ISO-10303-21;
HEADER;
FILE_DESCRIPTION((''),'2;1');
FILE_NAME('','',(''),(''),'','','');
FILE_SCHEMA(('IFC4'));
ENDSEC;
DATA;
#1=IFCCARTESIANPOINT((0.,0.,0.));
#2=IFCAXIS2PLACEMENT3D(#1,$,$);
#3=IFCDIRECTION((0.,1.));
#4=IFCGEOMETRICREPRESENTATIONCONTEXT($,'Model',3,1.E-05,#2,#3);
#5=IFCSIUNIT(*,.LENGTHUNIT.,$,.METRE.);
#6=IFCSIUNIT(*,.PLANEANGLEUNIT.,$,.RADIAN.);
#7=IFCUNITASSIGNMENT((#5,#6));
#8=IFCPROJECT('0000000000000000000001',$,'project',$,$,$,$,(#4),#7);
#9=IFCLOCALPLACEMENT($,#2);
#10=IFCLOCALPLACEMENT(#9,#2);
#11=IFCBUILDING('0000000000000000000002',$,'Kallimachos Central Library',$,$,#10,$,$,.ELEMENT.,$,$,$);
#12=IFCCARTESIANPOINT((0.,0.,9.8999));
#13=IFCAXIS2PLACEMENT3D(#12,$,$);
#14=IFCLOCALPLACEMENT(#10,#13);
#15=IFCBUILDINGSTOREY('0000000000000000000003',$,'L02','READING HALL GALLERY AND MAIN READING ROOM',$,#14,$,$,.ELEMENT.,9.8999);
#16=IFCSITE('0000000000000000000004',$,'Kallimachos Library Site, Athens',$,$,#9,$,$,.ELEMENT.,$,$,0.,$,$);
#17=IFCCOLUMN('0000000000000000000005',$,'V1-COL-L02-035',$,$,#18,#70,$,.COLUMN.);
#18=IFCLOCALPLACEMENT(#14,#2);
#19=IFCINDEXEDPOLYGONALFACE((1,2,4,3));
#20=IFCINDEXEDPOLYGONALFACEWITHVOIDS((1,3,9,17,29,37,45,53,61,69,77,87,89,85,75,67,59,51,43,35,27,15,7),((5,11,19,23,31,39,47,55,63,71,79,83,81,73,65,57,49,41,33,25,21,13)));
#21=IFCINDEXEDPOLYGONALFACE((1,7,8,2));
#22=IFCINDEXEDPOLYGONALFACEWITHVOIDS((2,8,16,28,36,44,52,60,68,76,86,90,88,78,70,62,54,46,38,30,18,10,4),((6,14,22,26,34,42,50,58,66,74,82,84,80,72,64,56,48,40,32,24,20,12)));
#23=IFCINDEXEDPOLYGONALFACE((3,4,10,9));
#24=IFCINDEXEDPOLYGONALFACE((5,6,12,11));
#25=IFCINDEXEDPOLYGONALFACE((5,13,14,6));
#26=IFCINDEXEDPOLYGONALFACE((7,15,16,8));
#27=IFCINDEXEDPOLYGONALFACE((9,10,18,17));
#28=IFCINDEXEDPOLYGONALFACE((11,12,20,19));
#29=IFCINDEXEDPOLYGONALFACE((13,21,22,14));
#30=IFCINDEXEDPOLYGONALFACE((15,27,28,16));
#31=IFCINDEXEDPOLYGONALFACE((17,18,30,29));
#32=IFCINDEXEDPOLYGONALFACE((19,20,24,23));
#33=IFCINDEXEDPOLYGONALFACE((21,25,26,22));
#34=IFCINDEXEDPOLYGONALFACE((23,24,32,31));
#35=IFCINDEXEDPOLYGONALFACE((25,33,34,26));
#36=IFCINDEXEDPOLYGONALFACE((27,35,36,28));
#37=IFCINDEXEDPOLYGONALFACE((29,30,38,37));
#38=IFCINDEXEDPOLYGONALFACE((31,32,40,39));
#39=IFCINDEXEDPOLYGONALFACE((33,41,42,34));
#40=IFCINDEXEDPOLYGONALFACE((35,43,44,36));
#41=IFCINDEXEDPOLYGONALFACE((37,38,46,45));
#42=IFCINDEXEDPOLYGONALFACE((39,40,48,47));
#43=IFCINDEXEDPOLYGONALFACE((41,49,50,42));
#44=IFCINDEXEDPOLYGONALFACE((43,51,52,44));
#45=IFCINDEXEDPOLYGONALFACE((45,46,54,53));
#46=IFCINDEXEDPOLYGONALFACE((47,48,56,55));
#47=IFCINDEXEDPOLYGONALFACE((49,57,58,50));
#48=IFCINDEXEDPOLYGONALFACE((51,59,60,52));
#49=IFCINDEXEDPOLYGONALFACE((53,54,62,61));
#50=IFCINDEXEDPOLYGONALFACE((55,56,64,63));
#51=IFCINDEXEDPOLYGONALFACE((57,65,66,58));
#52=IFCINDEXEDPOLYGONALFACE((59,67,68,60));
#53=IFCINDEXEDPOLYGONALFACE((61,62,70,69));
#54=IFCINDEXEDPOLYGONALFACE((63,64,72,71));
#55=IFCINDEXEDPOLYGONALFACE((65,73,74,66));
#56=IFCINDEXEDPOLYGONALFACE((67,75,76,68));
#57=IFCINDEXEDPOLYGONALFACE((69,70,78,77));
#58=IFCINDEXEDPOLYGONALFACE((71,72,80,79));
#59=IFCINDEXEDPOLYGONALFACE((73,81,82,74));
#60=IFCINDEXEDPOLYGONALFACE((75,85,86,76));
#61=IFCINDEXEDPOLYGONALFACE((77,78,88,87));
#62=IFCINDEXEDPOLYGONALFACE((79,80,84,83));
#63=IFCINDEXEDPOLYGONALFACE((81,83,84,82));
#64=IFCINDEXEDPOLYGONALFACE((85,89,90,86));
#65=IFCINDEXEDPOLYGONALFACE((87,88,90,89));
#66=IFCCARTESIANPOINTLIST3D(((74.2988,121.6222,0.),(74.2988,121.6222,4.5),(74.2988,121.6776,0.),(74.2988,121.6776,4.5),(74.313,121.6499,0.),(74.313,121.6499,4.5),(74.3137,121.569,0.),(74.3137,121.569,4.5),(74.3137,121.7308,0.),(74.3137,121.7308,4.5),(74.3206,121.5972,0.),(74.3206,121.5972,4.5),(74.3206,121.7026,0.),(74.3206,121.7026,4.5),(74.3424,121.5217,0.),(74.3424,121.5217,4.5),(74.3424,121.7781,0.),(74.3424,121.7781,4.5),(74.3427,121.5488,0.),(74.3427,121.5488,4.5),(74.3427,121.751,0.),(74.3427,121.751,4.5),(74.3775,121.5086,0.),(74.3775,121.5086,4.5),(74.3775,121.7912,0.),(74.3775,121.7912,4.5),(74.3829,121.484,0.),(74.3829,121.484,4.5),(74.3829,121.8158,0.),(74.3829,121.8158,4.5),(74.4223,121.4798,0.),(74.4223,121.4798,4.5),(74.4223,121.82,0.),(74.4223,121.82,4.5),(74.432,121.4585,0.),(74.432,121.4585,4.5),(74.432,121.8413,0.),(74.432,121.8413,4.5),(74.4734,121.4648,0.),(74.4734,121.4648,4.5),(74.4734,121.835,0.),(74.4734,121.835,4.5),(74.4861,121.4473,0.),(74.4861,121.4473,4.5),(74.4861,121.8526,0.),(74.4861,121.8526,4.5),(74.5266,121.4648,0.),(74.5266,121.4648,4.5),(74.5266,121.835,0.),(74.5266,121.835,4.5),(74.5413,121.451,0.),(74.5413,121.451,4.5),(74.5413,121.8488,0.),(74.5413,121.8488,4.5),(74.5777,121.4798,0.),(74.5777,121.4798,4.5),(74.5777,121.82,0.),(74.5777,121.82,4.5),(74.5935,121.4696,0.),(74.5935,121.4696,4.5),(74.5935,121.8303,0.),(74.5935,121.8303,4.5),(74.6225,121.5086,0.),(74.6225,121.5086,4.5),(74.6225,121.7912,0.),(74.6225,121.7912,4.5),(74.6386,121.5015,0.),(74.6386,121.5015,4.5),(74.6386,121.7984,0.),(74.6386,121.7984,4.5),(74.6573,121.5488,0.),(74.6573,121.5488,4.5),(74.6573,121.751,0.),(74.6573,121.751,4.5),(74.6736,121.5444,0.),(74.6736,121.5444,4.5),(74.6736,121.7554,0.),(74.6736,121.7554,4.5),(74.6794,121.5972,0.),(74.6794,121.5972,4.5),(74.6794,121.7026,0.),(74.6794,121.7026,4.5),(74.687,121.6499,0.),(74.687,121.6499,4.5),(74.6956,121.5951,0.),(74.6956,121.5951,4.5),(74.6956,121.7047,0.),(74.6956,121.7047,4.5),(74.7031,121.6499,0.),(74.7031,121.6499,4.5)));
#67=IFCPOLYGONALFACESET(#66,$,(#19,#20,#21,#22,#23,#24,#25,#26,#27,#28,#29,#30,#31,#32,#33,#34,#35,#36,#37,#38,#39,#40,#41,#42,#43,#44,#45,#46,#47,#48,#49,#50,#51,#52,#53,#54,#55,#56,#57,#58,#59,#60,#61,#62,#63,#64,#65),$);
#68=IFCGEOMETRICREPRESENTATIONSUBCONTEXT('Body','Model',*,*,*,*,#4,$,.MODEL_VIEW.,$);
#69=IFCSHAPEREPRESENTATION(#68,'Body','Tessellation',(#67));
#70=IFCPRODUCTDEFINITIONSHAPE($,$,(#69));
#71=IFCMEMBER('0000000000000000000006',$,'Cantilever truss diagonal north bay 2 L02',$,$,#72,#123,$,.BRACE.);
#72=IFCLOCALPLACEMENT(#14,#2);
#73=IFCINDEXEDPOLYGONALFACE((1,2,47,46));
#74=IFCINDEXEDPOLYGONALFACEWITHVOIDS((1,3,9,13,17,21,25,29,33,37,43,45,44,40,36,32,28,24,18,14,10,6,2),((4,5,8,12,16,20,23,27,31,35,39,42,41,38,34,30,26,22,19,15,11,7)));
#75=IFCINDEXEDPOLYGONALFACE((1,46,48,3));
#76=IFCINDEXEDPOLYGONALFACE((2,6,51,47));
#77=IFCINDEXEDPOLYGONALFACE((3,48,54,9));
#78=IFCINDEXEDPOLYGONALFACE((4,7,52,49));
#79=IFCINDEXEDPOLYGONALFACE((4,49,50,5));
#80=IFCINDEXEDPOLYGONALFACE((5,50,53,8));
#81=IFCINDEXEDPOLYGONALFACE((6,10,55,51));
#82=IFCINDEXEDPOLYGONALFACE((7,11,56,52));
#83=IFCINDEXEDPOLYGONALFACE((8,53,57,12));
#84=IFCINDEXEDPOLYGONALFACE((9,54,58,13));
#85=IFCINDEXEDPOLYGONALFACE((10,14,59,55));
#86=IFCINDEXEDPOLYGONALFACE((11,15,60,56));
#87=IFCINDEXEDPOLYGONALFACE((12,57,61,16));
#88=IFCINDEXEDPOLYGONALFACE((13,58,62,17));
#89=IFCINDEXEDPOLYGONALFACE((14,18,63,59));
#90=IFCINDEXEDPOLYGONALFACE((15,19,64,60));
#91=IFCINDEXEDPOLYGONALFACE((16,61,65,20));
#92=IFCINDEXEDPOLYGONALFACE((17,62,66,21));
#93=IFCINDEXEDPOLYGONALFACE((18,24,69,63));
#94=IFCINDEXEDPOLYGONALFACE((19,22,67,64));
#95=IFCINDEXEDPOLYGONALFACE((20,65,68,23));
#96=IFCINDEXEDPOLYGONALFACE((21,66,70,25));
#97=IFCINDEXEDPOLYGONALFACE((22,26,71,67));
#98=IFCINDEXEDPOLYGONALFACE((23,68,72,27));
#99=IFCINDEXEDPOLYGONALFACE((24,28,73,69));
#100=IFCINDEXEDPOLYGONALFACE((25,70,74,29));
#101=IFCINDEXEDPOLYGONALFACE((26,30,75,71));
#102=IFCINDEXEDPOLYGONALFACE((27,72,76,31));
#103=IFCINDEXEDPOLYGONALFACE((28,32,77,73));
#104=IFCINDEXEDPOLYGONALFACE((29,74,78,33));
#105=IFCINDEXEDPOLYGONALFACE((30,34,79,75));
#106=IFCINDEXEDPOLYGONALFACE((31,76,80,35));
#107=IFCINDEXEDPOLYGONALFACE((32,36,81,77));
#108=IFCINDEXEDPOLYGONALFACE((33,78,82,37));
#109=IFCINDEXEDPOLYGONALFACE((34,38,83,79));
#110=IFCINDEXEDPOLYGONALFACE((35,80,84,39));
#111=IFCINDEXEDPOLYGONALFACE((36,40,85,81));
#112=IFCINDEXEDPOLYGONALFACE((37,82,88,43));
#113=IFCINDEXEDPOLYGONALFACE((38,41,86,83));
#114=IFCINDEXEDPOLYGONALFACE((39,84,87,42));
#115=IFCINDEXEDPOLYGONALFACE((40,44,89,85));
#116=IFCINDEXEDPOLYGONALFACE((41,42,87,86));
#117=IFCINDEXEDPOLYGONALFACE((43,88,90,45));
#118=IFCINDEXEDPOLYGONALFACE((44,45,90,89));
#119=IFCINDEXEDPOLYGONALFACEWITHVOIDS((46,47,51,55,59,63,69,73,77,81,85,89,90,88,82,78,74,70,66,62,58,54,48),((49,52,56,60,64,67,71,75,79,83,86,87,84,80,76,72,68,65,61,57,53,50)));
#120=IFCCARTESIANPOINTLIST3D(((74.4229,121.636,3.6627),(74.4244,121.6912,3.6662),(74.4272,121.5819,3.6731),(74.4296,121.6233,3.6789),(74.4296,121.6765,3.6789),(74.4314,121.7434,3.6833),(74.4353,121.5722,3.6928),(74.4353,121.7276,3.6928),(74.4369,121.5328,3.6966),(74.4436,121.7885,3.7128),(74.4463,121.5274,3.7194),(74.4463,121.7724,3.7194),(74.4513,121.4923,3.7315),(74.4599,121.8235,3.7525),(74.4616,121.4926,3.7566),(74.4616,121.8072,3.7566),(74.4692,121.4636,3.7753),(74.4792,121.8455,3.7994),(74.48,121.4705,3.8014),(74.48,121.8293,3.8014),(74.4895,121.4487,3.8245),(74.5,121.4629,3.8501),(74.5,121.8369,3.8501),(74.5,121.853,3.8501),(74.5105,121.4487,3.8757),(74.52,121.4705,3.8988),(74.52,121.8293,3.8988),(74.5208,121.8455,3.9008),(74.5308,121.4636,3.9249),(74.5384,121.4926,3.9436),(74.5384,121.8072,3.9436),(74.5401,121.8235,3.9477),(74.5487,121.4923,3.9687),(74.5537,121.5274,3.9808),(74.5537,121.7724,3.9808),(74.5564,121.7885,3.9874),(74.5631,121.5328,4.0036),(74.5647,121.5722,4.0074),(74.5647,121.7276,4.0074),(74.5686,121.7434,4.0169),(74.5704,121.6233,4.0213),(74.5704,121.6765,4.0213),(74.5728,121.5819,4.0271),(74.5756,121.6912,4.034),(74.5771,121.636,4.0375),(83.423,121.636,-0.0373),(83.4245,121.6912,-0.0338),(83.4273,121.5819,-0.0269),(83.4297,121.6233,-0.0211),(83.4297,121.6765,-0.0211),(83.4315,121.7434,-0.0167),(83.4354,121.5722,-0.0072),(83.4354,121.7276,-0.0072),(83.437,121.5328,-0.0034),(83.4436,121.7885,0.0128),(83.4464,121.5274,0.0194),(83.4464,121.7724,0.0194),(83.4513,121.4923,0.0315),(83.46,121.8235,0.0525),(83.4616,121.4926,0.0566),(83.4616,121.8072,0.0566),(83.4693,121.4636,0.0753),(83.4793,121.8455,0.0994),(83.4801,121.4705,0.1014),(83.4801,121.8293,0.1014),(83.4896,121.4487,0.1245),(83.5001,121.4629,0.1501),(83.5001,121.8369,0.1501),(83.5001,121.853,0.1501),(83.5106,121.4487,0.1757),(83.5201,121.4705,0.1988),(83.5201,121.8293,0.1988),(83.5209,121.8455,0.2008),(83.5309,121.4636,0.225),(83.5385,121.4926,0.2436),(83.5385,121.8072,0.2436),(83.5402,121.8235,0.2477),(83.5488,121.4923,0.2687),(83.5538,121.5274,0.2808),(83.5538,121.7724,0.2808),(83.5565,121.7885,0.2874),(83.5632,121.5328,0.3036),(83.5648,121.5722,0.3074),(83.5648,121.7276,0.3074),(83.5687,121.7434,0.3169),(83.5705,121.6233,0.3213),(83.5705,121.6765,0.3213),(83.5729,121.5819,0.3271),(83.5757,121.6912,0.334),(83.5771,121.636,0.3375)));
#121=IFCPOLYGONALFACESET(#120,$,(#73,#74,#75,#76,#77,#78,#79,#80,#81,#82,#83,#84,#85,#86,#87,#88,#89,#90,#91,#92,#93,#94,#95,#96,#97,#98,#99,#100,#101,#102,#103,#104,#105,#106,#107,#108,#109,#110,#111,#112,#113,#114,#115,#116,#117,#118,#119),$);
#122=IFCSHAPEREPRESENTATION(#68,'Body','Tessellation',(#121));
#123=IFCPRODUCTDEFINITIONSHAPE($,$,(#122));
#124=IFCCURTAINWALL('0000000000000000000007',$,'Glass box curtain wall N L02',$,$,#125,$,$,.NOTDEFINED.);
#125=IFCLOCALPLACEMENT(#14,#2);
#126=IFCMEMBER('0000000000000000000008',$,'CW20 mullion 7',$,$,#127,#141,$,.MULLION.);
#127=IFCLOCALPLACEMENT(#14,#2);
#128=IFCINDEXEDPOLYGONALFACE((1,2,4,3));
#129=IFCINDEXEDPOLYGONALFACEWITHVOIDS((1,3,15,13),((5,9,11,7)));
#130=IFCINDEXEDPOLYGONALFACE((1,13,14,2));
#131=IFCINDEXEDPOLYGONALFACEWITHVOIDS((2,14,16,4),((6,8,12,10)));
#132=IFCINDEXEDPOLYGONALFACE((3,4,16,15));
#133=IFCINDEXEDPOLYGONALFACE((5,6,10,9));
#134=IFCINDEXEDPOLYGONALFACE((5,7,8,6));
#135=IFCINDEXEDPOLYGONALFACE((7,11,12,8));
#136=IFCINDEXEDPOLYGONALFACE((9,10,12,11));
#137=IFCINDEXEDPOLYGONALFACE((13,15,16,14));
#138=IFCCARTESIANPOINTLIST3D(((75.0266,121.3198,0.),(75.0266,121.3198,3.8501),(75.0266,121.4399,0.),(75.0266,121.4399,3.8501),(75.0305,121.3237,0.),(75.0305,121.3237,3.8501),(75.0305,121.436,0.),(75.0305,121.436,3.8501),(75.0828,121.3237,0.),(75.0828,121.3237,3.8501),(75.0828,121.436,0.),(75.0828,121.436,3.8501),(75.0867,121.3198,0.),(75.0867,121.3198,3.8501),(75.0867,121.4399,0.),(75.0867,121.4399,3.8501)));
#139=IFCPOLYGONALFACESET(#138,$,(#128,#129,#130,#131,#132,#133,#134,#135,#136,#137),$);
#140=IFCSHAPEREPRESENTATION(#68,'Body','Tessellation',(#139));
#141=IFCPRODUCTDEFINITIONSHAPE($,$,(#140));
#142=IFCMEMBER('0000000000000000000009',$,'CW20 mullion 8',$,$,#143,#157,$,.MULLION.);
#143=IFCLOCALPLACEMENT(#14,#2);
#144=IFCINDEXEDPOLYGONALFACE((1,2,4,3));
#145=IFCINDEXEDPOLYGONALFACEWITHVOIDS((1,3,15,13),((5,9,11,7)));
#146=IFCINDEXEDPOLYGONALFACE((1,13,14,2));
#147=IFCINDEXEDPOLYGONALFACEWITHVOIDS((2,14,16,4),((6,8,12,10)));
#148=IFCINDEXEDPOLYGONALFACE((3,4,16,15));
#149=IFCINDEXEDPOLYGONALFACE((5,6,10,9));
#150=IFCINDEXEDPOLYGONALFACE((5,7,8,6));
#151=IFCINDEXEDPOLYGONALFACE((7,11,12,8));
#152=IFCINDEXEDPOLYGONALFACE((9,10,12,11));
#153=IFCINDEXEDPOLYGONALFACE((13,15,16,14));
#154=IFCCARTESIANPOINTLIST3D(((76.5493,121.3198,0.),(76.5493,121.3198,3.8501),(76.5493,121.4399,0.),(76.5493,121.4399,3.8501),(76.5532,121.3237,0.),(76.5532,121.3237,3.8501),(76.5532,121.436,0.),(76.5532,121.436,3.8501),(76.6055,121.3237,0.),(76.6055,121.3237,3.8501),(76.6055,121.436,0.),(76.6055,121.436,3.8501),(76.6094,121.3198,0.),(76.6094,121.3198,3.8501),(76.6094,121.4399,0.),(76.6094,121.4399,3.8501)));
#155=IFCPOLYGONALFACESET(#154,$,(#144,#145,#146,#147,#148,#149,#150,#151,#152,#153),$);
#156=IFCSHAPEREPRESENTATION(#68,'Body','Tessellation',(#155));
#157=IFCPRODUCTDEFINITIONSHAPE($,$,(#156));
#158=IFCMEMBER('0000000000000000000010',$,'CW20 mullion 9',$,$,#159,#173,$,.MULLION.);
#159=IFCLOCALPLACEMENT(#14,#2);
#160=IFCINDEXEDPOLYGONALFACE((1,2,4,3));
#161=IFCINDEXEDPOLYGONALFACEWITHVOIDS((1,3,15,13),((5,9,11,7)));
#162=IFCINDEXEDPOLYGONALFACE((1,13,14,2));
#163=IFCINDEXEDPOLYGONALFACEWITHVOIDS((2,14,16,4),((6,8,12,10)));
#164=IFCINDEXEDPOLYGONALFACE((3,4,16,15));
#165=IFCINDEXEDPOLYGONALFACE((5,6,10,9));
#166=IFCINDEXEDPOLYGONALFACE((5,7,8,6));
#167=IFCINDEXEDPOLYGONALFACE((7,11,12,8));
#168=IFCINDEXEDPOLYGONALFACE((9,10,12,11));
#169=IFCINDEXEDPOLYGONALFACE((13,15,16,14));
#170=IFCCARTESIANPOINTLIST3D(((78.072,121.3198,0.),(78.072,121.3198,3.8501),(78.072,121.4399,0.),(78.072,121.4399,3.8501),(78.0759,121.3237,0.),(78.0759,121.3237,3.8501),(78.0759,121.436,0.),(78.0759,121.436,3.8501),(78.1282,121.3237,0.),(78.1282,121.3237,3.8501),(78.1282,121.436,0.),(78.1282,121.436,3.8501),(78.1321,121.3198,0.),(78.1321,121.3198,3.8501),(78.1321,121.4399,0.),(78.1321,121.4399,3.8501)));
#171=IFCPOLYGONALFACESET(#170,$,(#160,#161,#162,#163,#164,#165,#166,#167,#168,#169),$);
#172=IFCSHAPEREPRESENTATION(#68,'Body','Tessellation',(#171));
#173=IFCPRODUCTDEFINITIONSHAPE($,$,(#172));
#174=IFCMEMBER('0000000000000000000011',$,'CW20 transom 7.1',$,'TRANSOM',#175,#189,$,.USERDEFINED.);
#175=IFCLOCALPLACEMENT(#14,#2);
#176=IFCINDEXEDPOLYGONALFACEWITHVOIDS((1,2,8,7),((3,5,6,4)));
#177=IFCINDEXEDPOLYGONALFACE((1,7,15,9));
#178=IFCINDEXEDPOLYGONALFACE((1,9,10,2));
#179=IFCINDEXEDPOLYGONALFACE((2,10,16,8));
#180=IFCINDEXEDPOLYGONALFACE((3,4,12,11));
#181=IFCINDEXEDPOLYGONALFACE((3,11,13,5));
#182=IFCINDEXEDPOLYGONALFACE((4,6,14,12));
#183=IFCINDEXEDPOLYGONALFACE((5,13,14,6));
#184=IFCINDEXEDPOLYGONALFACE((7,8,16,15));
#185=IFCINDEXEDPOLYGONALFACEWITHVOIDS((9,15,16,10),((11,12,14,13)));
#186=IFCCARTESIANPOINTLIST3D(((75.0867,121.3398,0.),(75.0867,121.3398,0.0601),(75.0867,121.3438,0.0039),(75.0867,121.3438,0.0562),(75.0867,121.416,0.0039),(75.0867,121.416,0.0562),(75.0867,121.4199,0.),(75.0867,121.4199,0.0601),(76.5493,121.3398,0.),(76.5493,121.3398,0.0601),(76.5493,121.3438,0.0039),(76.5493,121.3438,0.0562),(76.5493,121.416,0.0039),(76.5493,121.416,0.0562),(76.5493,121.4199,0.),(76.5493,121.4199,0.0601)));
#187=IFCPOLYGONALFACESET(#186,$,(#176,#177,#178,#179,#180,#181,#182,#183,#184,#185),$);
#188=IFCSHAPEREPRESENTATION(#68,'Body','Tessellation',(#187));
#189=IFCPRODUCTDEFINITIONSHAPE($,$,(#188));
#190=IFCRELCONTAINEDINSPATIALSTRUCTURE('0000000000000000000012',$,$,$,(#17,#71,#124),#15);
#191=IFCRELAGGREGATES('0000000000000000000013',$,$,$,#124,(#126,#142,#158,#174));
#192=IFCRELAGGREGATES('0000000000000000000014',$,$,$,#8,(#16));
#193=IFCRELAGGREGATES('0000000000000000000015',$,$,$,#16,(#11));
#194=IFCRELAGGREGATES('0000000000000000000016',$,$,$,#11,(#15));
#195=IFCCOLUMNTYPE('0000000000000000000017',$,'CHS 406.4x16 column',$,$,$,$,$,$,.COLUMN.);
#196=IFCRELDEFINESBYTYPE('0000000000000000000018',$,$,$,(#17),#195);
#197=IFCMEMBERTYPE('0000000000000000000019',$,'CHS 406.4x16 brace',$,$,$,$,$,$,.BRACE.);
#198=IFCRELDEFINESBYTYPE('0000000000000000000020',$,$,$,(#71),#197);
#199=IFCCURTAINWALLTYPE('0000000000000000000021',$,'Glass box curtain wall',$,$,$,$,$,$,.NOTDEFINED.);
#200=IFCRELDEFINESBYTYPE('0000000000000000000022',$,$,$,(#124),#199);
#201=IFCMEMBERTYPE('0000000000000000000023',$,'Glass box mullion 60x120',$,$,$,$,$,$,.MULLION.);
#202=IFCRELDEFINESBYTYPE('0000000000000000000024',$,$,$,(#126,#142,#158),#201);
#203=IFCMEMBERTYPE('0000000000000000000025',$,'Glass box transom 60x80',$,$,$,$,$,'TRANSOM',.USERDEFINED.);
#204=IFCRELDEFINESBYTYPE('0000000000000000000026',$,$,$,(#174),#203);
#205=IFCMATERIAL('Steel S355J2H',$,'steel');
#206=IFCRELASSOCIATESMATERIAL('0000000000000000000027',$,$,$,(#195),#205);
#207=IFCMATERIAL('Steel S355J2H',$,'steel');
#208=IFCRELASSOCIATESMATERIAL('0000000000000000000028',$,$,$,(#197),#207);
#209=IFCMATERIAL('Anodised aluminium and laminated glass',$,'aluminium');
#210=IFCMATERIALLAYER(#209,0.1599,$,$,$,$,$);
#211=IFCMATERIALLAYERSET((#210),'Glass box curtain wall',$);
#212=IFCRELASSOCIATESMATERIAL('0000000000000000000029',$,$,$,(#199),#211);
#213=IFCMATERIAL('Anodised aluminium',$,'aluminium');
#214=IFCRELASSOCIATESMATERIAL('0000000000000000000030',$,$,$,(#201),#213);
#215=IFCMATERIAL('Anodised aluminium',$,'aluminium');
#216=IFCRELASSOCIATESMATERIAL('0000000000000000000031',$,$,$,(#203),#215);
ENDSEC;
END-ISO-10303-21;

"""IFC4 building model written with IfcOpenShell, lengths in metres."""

from ifc_helpers import new_model, si_unit, direction, frame, origin, origin_2d, place, context, subcontext, project, spatial, hollow_rectangle, hollow_circle, extrude, material, layer, layer_set, material_profile, profile_set, type_object, element, aggregate, save


model = new_model("IFC4")

# Units and contexts
model_context = context("Model", 3, precision=1e-05, world=origin(), true_north=direction((0.0, 1.0)))
body_context = subcontext(model_context, "Body", "Model", "MODEL_VIEW")
ifc_project = project(units=[si_unit("LENGTHUNIT", "METRE"), si_unit("PLANEANGLEUNIT", "RADIAN")], contexts=[model_context])

# Site, building, storey
site_placement = place(None, origin())
site = spatial("IfcSite", under=ifc_project, at=site_placement, Name="Kallimachos Library Site, Athens", CompositionType="ELEMENT", RefElevation=0.0)
building_placement = place(site_placement, origin())
building = spatial("IfcBuilding", under=site, at=building_placement, Name="Kallimachos Central Library", CompositionType="ELEMENT")
storey_placement = place(building_placement, frame((0.0, 0.0, 9.8999)))
storey = spatial("IfcBuildingStorey", under=building, at=storey_placement, Name="L02", Description="READING HALL GALLERY AND MAIN READING ROOM", CompositionType="ELEMENT", Elevation=9.8999)

# Column
ifc_material_1 = material(Name="Steel S355J2H", Category="steel")
ifc_material_profile_1 = material_profile(ifc_material_1, hollow_circle(Radius=0.2031, WallThickness=0.0161, at=origin_2d()), Name="CHS 406.4x16")
ifc_profile_set_1 = profile_set([ifc_material_profile_1], Name="Steel S355J2H")
column_type = type_object("IfcColumnType", Name="CHS 406.4x16 column", PredefinedType="COLUMN", material=ifc_profile_set_1)
column_placement = place(storey_placement, frame((74.5, 121.6499, 0.0), z_axis=(0.0, 0.0, 1.0), x_axis=(1.0, 0.0, 0.0)))
element("IfcColumn", 1, at=column_placement, inside=storey, type_object=column_type, Name="V1-COL-L02-035", PredefinedType="COLUMN", context=body_context, shape_type="SweptSolid", body=[
    extrude(hollow_circle(Radius=0.2031, WallThickness=0.0161, at=origin_2d()), origin(), (0.0, 0.0, 1.0), 4.5),
])

# Member
ifc_material_2 = material(Name="Steel S355J2H", Category="steel")
ifc_material_profile_2 = material_profile(ifc_material_2, hollow_circle(Radius=0.2031, WallThickness=0.0161, at=origin_2d()), Name="CHS 406.4x16")
ifc_profile_set_2 = profile_set([ifc_material_profile_2], Name="Steel S355J2H")
member_type_1 = type_object("IfcMemberType", Name="CHS 406.4x16 brace", PredefinedType="BRACE", material=ifc_profile_set_2)
member_1_placement = place(storey_placement, frame((74.5, 121.6499, 3.8501), z_axis=(0.924893, 0.0, -0.380229), x_axis=(0.0, 1.0, 0.0)))
element("IfcMember", 2, at=member_1_placement, inside=storey, type_object=member_type_1, Name="Cantilever truss diagonal north bay 2 L02", PredefinedType="BRACE", context=body_context, shape_type="SweptSolid", body=[
    extrude(hollow_circle(Radius=0.2031, WallThickness=0.0161, at=origin_2d()), origin(), (0.0, 0.0, 1.0), 9.731),
])

# Curtain wall, members
ifc_material_3 = material(Name="Anodised aluminium and laminated glass", Category="aluminium")
ifc_layer_1 = layer(ifc_material_3, 0.1599)
ifc_layer_set_1 = layer_set([ifc_layer_1], Name="Glass box curtain wall")
curtain_wall_type = type_object("IfcCurtainWallType", Name="Glass box curtain wall", PredefinedType="NOTDEFINED", material=ifc_layer_set_1)
curtain_wall_placement = place(storey_placement, origin())
curtain_wall = element("IfcCurtainWall", 3, at=curtain_wall_placement, inside=storey, type_object=curtain_wall_type, Name="Glass box curtain wall N L02", PredefinedType="NOTDEFINED")
ifc_material_4 = material(Name="Anodised aluminium", Category="aluminium")
ifc_material_profile_3 = material_profile(ifc_material_4, hollow_rectangle(XDim=0.0601, YDim=0.1201, WallThickness=0.0039, at=origin_2d()), Name="ALU MULLION 60x120")
ifc_profile_set_3 = profile_set([ifc_material_profile_3], Name="Anodised aluminium")
member_type_2 = type_object("IfcMemberType", Name="Glass box mullion 60x120", PredefinedType="MULLION", material=ifc_profile_set_3)
member_2_placement = place(storey_placement, frame((75.0566, 121.3799, 0.0), z_axis=(0.0, 0.0, 1.0), x_axis=(1.0, 0.0, 0.0)))
member_2 = element("IfcMember", 4, at=member_2_placement, type_object=member_type_2, Name="CW20 mullion 7", PredefinedType="MULLION", context=body_context, shape_type="SweptSolid", body=[
    extrude(hollow_rectangle(XDim=0.0601, YDim=0.1201, WallThickness=0.0039, at=origin_2d()), origin(), (0.0, 0.0, 1.0), 3.8501),
])
member_3_placement = place(storey_placement, frame((76.5793, 121.3799, 0.0), z_axis=(0.0, 0.0, 1.0), x_axis=(1.0, 0.0, 0.0)))
member_3 = element("IfcMember", 5, at=member_3_placement, type_object=member_type_2, Name="CW20 mullion 8", PredefinedType="MULLION", context=body_context, shape_type="SweptSolid", body=[
    extrude(hollow_rectangle(XDim=0.0601, YDim=0.1201, WallThickness=0.0039, at=origin_2d()), origin(), (0.0, 0.0, 1.0), 3.8501),
])
member_4_placement = place(storey_placement, frame((78.1021, 121.3799, 0.0), z_axis=(0.0, 0.0, 1.0), x_axis=(1.0, 0.0, 0.0)))
member_4 = element("IfcMember", 6, at=member_4_placement, type_object=member_type_2, Name="CW20 mullion 9", PredefinedType="MULLION", context=body_context, shape_type="SweptSolid", body=[
    extrude(hollow_rectangle(XDim=0.0601, YDim=0.1201, WallThickness=0.0039, at=origin_2d()), origin(), (0.0, 0.0, 1.0), 3.8501),
])
ifc_material_5 = material(Name="Anodised aluminium", Category="aluminium")
ifc_material_profile_4 = material_profile(ifc_material_5, hollow_rectangle(XDim=0.0601, YDim=0.0801, WallThickness=0.0039, at=origin_2d()), Name="ALU TRANSOM 60x80")
ifc_profile_set_4 = profile_set([ifc_material_profile_4], Name="Anodised aluminium")
member_type_3 = type_object("IfcMemberType", Name="Glass box transom 60x80", ElementType="TRANSOM", PredefinedType="USERDEFINED", material=ifc_profile_set_4)
member_5_placement = place(storey_placement, frame((75.0867, 121.3799, 0.03), z_axis=(1.0, 0.0, 0.0), x_axis=(0.0, 0.0, 1.0)))
member_5 = element("IfcMember", 7, at=member_5_placement, type_object=member_type_3, Name="CW20 transom 7.1", ObjectType="TRANSOM", PredefinedType="USERDEFINED", context=body_context, shape_type="SweptSolid", body=[
    extrude(hollow_rectangle(XDim=0.0601, YDim=0.0801, WallThickness=0.0039, at=origin_2d()), origin(), (0.0, 0.0, 1.0), 1.4626),
])

aggregate(curtain_wall, [member_2, member_3, member_4, member_5])

save(model, "model.ifc")
